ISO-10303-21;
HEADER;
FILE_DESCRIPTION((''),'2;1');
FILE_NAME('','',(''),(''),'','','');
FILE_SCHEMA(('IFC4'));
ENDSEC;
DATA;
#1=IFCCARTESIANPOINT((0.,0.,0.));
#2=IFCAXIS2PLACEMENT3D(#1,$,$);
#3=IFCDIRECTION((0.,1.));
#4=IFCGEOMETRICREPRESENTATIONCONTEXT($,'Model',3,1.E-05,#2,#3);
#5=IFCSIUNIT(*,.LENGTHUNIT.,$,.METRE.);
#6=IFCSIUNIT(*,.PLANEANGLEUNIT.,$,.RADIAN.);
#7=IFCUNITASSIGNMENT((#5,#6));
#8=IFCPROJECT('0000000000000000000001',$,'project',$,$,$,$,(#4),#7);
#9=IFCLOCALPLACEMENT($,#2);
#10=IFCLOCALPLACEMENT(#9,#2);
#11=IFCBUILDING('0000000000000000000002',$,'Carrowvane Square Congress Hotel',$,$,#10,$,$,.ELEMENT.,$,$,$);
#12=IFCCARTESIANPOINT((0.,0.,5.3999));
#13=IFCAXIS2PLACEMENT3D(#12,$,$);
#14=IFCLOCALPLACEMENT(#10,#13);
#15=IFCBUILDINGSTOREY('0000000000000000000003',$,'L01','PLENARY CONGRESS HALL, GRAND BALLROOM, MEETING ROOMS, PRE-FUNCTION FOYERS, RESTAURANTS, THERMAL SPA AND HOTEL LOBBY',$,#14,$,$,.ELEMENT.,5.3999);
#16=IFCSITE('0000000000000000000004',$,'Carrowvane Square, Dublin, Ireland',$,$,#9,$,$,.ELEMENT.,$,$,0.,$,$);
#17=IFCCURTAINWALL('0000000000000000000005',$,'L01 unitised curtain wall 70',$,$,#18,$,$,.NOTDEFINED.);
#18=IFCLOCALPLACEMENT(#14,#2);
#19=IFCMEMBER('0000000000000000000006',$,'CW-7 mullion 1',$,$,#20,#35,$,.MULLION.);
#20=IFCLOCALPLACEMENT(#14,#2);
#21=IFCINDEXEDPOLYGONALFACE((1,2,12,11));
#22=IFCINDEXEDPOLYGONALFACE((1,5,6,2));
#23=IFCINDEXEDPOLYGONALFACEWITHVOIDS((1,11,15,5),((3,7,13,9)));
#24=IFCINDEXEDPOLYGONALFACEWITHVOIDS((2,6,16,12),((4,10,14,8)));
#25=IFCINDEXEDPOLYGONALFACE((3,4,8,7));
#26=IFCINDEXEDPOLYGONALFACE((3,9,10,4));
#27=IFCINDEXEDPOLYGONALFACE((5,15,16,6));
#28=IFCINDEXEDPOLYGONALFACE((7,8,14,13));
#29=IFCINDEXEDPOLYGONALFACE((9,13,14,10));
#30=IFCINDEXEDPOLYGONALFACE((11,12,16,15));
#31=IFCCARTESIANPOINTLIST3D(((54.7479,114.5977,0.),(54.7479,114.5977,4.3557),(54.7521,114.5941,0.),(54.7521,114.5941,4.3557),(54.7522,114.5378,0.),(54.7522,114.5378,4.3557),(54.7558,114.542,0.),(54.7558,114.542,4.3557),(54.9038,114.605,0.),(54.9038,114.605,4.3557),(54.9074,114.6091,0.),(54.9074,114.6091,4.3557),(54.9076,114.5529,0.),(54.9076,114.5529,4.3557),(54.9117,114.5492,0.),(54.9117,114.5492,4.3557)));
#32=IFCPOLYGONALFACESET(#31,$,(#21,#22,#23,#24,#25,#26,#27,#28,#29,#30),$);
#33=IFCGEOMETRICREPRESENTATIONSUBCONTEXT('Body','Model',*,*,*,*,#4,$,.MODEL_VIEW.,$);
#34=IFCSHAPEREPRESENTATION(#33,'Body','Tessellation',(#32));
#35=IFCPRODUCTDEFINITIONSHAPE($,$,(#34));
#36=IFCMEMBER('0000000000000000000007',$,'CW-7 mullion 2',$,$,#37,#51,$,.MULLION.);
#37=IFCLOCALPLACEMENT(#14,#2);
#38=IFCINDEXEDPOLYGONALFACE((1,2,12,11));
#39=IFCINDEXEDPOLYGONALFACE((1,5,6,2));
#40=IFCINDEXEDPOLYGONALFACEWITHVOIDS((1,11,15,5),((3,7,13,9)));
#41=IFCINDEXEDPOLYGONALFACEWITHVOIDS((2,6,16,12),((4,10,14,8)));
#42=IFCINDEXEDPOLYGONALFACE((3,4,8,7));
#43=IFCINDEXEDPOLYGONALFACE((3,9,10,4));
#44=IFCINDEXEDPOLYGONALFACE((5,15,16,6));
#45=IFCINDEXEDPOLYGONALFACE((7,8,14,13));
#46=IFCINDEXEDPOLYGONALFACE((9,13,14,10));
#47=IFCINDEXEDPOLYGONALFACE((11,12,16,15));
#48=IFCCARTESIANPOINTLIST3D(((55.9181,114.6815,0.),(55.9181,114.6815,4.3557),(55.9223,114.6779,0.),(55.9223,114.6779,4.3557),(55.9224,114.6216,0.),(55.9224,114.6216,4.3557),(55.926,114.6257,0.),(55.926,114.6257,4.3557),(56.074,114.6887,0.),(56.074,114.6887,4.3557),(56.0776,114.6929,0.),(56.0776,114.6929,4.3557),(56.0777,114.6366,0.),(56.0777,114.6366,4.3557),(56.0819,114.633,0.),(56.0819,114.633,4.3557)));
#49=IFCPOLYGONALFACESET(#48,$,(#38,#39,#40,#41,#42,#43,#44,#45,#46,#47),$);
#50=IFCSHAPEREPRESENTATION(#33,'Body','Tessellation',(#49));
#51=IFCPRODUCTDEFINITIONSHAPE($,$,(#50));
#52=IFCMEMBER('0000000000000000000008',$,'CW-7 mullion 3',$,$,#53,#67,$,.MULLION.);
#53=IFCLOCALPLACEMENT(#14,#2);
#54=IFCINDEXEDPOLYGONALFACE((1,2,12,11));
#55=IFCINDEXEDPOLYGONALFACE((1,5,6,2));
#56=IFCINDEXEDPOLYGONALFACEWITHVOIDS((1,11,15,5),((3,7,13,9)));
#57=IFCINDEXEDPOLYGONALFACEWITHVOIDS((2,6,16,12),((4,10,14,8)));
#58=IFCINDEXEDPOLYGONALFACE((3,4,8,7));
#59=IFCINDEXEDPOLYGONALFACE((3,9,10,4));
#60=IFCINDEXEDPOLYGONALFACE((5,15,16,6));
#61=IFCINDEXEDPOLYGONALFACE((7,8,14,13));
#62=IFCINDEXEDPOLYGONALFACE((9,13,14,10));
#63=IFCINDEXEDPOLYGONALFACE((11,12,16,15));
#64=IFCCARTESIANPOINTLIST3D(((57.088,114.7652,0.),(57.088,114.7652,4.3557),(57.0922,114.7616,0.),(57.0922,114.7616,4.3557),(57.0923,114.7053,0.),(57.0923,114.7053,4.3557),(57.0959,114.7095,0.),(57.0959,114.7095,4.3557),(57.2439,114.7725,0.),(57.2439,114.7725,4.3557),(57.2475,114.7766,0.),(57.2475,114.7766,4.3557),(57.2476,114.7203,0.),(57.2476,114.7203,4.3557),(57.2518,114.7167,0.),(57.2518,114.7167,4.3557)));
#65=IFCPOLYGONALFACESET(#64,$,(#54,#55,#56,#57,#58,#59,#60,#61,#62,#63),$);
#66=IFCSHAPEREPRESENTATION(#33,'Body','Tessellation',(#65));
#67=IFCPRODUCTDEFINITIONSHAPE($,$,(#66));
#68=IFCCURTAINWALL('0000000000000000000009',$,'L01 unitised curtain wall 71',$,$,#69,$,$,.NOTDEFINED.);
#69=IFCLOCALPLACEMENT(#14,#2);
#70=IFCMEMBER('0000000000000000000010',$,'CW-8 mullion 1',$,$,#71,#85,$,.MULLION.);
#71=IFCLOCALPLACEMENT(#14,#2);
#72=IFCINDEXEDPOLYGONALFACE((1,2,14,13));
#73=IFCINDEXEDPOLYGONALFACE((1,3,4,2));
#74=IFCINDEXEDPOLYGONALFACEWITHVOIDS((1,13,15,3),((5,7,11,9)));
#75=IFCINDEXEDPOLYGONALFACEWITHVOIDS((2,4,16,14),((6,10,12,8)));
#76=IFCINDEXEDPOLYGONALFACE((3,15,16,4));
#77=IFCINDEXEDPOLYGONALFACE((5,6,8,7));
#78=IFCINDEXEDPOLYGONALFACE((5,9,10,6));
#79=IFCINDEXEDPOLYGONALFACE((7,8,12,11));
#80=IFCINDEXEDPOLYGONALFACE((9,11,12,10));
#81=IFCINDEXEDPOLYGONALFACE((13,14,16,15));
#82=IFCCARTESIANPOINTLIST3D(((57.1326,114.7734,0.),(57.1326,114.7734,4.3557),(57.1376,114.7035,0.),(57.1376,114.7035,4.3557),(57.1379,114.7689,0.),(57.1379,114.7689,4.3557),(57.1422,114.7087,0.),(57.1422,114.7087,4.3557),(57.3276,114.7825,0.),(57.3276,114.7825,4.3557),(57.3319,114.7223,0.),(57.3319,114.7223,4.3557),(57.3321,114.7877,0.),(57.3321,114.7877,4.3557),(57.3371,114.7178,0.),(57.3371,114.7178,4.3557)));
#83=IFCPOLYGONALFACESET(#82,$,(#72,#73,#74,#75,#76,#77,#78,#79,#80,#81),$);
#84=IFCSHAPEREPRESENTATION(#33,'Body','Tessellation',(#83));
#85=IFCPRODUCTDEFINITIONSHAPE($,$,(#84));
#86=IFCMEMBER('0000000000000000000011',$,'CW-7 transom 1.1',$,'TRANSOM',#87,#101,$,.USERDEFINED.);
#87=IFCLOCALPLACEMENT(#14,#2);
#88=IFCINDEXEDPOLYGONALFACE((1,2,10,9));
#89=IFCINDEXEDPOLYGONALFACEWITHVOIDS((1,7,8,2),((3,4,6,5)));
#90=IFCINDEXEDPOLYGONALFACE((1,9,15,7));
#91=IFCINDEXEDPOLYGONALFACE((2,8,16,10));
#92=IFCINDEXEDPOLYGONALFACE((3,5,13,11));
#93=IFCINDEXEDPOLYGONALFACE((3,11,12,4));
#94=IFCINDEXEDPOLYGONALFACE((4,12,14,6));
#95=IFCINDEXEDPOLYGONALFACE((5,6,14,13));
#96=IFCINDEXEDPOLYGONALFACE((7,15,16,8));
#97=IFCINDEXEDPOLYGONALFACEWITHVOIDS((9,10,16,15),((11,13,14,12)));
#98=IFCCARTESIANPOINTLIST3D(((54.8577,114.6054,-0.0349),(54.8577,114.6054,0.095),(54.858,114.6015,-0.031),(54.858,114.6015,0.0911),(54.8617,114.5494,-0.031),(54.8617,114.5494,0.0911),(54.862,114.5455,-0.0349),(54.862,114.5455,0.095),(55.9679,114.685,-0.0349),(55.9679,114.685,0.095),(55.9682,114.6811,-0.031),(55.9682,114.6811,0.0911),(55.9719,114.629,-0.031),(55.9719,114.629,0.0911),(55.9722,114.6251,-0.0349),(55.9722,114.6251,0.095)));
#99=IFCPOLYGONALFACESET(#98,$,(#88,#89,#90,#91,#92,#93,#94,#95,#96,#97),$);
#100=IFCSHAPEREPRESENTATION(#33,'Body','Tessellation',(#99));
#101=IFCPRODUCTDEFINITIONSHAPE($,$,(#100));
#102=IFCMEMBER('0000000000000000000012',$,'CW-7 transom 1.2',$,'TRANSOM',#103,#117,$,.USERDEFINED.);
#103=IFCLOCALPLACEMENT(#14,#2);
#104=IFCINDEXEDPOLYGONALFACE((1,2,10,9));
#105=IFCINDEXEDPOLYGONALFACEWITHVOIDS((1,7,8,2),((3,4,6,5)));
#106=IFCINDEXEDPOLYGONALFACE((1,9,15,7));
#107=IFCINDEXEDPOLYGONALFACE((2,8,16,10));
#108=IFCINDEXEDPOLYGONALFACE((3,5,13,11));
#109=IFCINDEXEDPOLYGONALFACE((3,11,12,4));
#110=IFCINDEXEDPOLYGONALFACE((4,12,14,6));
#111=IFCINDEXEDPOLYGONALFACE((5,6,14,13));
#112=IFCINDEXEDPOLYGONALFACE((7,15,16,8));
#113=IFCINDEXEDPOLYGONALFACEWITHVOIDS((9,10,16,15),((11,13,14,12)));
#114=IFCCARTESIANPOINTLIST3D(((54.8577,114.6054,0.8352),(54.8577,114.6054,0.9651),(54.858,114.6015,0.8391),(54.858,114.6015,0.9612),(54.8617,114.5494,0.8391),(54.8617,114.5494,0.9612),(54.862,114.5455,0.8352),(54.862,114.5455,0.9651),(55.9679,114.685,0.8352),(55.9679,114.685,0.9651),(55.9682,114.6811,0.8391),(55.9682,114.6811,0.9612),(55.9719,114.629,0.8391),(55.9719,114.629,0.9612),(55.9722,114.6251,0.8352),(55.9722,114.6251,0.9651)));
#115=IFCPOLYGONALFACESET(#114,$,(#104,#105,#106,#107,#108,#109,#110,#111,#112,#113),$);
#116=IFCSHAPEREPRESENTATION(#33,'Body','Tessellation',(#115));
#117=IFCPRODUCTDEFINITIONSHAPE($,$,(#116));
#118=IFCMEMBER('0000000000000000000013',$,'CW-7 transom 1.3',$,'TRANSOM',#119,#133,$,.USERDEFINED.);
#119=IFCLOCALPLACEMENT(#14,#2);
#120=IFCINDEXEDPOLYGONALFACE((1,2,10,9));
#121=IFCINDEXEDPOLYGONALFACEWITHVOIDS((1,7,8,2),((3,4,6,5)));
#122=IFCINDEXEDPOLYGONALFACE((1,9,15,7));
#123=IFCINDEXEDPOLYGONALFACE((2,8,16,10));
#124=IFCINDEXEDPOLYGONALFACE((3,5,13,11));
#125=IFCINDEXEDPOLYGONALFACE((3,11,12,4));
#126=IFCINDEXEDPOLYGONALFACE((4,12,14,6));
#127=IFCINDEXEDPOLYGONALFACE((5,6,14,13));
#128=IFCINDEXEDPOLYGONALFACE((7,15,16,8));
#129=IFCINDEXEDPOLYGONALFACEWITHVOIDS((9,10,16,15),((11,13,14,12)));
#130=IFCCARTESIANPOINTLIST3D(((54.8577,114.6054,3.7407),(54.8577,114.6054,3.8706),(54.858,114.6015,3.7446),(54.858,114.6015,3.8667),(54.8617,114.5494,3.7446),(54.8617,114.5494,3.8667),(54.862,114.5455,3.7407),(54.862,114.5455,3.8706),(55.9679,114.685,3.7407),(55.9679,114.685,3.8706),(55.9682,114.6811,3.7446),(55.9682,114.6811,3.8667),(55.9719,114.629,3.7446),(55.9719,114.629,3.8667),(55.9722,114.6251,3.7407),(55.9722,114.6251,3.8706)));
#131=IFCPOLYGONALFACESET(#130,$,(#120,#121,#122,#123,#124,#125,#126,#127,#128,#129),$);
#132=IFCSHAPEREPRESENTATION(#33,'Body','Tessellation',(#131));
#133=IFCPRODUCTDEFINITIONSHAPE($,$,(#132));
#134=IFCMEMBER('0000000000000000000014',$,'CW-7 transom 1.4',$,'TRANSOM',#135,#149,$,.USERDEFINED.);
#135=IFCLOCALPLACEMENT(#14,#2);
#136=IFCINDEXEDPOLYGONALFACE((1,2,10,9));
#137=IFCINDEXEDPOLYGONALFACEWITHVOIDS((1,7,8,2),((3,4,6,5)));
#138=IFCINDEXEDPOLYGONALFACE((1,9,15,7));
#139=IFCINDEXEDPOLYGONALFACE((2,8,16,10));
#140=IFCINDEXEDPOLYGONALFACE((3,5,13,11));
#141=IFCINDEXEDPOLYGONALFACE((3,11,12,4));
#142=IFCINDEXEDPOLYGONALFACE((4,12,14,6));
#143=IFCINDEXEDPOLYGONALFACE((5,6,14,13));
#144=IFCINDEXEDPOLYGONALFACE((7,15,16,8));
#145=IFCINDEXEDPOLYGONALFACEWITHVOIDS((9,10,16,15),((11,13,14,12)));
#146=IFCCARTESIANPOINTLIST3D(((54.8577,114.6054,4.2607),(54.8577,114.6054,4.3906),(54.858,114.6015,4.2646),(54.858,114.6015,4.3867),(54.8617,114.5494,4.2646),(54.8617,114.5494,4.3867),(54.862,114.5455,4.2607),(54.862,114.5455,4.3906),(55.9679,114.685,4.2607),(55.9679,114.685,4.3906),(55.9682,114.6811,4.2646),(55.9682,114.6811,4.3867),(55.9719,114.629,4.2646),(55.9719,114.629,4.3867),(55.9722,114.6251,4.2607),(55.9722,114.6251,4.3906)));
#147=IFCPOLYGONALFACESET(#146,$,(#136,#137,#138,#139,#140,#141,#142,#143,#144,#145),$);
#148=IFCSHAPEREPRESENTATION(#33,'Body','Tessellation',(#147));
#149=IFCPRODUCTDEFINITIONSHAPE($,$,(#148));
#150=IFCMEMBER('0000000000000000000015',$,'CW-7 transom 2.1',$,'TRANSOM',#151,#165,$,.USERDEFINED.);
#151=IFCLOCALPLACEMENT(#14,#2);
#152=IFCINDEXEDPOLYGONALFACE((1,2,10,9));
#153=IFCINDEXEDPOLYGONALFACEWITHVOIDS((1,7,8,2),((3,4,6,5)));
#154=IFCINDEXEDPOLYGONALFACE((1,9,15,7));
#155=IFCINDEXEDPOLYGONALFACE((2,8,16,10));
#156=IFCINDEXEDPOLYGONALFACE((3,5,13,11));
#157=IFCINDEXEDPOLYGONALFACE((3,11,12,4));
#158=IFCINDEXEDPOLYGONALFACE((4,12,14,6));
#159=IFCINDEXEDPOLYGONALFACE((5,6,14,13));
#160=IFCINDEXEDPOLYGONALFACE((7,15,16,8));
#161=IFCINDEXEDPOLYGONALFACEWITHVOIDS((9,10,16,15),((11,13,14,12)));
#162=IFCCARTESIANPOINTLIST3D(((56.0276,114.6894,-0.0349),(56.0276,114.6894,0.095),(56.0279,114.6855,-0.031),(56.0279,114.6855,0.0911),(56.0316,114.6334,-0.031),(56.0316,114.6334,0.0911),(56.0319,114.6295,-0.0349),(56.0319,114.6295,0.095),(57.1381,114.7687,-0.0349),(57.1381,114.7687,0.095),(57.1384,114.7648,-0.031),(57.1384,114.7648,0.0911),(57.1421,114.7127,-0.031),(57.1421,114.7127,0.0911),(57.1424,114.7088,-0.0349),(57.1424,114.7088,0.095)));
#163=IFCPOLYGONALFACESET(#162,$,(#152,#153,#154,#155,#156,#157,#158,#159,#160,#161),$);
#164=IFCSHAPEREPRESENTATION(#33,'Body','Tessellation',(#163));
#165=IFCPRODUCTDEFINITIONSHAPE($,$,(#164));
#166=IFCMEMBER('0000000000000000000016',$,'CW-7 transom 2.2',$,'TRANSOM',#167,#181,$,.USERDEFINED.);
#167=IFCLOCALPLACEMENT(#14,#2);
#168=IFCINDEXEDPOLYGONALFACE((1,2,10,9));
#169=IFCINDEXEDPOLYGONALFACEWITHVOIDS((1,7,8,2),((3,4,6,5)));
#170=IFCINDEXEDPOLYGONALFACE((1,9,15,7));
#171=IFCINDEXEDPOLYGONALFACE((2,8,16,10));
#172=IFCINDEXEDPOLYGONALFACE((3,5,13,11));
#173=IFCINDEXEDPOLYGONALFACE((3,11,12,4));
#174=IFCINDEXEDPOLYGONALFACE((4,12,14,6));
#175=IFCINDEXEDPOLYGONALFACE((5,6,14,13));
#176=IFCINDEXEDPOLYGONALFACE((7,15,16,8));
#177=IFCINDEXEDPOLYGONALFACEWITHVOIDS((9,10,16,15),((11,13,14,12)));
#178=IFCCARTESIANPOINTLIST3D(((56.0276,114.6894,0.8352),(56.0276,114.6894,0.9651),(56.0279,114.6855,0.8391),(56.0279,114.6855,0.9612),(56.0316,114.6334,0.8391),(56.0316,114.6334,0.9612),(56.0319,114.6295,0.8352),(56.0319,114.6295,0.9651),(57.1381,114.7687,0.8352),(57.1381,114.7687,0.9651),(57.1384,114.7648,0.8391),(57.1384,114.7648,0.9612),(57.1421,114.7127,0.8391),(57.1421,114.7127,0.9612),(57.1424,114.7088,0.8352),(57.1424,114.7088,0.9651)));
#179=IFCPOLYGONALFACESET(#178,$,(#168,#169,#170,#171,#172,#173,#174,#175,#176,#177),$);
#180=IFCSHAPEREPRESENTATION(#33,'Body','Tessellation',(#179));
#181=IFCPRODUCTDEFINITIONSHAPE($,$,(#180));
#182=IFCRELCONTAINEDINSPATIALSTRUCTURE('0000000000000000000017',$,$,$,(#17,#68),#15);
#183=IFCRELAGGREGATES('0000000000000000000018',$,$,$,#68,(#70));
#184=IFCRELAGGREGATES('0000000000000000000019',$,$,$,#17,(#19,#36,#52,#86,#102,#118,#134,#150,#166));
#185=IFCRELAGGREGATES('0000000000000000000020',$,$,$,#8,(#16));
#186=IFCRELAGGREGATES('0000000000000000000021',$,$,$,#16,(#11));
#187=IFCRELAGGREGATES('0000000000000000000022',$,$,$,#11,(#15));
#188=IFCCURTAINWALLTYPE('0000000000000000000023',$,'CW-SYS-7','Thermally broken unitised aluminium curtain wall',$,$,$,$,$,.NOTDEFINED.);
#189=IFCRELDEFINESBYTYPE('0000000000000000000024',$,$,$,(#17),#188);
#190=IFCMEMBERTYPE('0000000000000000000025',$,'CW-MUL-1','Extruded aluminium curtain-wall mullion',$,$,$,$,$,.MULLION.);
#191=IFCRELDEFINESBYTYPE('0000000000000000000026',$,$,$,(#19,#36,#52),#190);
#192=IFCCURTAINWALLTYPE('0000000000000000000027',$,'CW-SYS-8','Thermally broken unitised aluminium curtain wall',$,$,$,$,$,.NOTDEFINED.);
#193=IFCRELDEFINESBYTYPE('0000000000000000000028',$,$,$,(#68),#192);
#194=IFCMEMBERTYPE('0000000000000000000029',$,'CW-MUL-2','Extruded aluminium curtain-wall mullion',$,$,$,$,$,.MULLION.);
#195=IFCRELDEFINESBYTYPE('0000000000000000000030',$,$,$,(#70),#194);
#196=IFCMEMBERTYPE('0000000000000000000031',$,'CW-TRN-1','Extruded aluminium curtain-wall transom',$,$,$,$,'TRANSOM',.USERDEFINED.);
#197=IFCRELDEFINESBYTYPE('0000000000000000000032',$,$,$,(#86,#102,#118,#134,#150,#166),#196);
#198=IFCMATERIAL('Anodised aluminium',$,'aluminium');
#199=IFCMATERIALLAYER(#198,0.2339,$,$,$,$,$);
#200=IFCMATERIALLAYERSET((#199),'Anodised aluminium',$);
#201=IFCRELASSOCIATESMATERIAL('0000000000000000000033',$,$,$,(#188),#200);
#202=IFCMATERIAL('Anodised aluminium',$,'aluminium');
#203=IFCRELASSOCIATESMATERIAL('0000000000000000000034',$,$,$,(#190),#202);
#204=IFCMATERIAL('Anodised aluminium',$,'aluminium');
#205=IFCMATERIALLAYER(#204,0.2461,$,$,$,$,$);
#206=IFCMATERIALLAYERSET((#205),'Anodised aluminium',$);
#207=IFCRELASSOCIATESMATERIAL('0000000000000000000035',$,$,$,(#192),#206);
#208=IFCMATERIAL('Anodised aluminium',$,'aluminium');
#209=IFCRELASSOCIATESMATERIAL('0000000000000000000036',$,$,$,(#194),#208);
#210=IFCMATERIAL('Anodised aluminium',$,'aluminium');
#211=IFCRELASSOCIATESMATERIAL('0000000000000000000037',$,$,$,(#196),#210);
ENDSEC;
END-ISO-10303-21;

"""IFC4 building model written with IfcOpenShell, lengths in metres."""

from ifc_helpers import new_model, si_unit, direction, frame, origin, origin_2d, place, context, subcontext, project, spatial, hollow_rectangle, extrude, material, layer, layer_set, material_profile, profile_set, type_object, element, aggregate, save


model = new_model("IFC4")

# Units and contexts
model_context = context("Model", 3, precision=1e-05, world=origin(), true_north=direction((0.0, 1.0)))
body_context = subcontext(model_context, "Body", "Model", "MODEL_VIEW")
ifc_project = project(units=[si_unit("LENGTHUNIT", "METRE"), si_unit("PLANEANGLEUNIT", "RADIAN")], contexts=[model_context])

# Site, building, storey
site_placement = place(None, origin())
site = spatial("IfcSite", under=ifc_project, at=site_placement, Name="Carrowvane Square, Dublin, Ireland", CompositionType="ELEMENT", RefElevation=0.0)
building_placement = place(site_placement, origin())
building = spatial("IfcBuilding", under=site, at=building_placement, Name="Carrowvane Square Congress Hotel", CompositionType="ELEMENT")
storey_placement = place(building_placement, frame((0.0, 0.0, 5.3999)))
storey = spatial("IfcBuildingStorey", under=building, at=storey_placement, Name="L01", Description="PLENARY CONGRESS HALL, GRAND BALLROOM, MEETING ROOMS, PRE-FUNCTION FOYERS, RESTAURANTS, THERMAL SPA AND HOTEL LOBBY", CompositionType="ELEMENT", Elevation=5.3999)

# Curtain wall, members
ifc_material_1 = material(Name="Anodised aluminium", Category="aluminium")
ifc_layer_1 = layer(ifc_material_1, 0.2339)
ifc_layer_set_1 = layer_set([ifc_layer_1], Name="Anodised aluminium")
curtain_wall_type_1 = type_object("IfcCurtainWallType", Name="CW-SYS-7", Description="Thermally broken unitised aluminium curtain wall", PredefinedType="NOTDEFINED", material=ifc_layer_set_1)
curtain_wall_1_placement = place(storey_placement, origin())
curtain_wall_1 = element("IfcCurtainWall", 1, at=curtain_wall_1_placement, inside=storey, type_object=curtain_wall_type_1, Name="L01 unitised curtain wall 70", PredefinedType="NOTDEFINED")
ifc_material_2 = material(Name="Anodised aluminium", Category="aluminium")
ifc_material_profile_1 = material_profile(ifc_material_2, hollow_rectangle(XDim=0.0601, YDim=0.1599, WallThickness=0.0039, at=origin_2d()), Name="CW-ML 60x160x4")
ifc_profile_set_1 = profile_set([ifc_material_profile_1], Name="Anodised aluminium")
member_type_1 = type_object("IfcMemberType", Name="CW-MUL-1", Description="Extruded aluminium curtain-wall mullion", PredefinedType="MULLION", material=ifc_profile_set_1)
member_1_placement = place(storey_placement, frame((54.8298, 114.5735, 0.0), z_axis=(0.0, 0.0, 1.0), x_axis=(-0.071418, 0.997446, 0.0)))
member_1 = element("IfcMember", 2, at=member_1_placement, type_object=member_type_1, Name="CW-7 mullion 1", PredefinedType="MULLION", context=body_context, shape_type="SweptSolid", body=[
    extrude(hollow_rectangle(XDim=0.0601, YDim=0.1599, WallThickness=0.0039, at=origin_2d()), origin(), (0.0, 0.0, 1.0), 4.3557),
])
member_2_placement = place(storey_placement, frame((56.0, 114.6572, 0.0), z_axis=(0.0, 0.0, 1.0), x_axis=(-0.071418, 0.997446, 0.0)))
member_2 = element("IfcMember", 3, at=member_2_placement, type_object=member_type_1, Name="CW-7 mullion 2", PredefinedType="MULLION", context=body_context, shape_type="SweptSolid", body=[
    extrude(hollow_rectangle(XDim=0.0601, YDim=0.1599, WallThickness=0.0039, at=origin_2d()), origin(), (0.0, 0.0, 1.0), 4.3557),
])
member_3_placement = place(storey_placement, frame((57.1699, 114.741, 0.0), z_axis=(0.0, 0.0, 1.0), x_axis=(-0.071418, 0.997446, 0.0)))
member_3 = element("IfcMember", 4, at=member_3_placement, type_object=member_type_1, Name="CW-7 mullion 3", PredefinedType="MULLION", context=body_context, shape_type="SweptSolid", body=[
    extrude(hollow_rectangle(XDim=0.0601, YDim=0.1599, WallThickness=0.0039, at=origin_2d()), origin(), (0.0, 0.0, 1.0), 4.3557),
])

# Curtain wall, member
ifc_material_3 = material(Name="Anodised aluminium", Category="aluminium")
ifc_layer_2 = layer(ifc_material_3, 0.2461)
ifc_layer_set_2 = layer_set([ifc_layer_2], Name="Anodised aluminium")
curtain_wall_type_2 = type_object("IfcCurtainWallType", Name="CW-SYS-8", Description="Thermally broken unitised aluminium curtain wall", PredefinedType="NOTDEFINED", material=ifc_layer_set_2)
curtain_wall_2_placement = place(storey_placement, origin())
curtain_wall_2 = element("IfcCurtainWall", 5, at=curtain_wall_2_placement, inside=storey, type_object=curtain_wall_type_2, Name="L01 unitised curtain wall 71", PredefinedType="NOTDEFINED")
ifc_material_4 = material(Name="Anodised aluminium", Category="aluminium")
ifc_material_profile_2 = material_profile(ifc_material_4, hollow_rectangle(XDim=0.0701, YDim=0.2, WallThickness=0.0049, at=origin_2d()), Name="CW-ML 70x200x5")
ifc_profile_set_2 = profile_set([ifc_material_profile_2], Name="Anodised aluminium")
member_type_2 = type_object("IfcMemberType", Name="CW-MUL-2", Description="Extruded aluminium curtain-wall mullion", PredefinedType="MULLION", material=ifc_profile_set_2)
member_4_placement = place(storey_placement, frame((57.2349, 114.7456, 0.0), z_axis=(0.0, 0.0, 1.0), x_axis=(-0.071532, 0.997438, 0.0)))
member_4 = element("IfcMember", 6, at=member_4_placement, type_object=member_type_2, Name="CW-8 mullion 1", PredefinedType="MULLION", context=body_context, shape_type="SweptSolid", body=[
    extrude(hollow_rectangle(XDim=0.0701, YDim=0.2, WallThickness=0.0049, at=origin_2d()), origin(), (0.0, 0.0, 1.0), 4.3557),
])

# Members
ifc_material_5 = material(Name="Anodised aluminium", Category="aluminium")
ifc_material_profile_3 = material_profile(ifc_material_5, hollow_rectangle(XDim=0.0601, YDim=0.1299, WallThickness=0.0039, at=origin_2d()), Name="CW-TR 60x130x4")
ifc_profile_set_3 = profile_set([ifc_material_profile_3], Name="Anodised aluminium")
member_type_3 = type_object("IfcMemberType", Name="CW-TRN-1", Description="Extruded aluminium curtain-wall transom", ElementType="TRANSOM", PredefinedType="USERDEFINED", material=ifc_profile_set_3)
member_5_placement = place(storey_placement, frame((54.8599, 114.5754, 0.03), z_axis=(0.99744, 0.071512, 0.0), x_axis=(-0.071512, 0.99744, 0.0)))
member_5 = element("IfcMember", 7, at=member_5_placement, type_object=member_type_3, Name="CW-7 transom 1.1", ObjectType="TRANSOM", PredefinedType="USERDEFINED", context=body_context, shape_type="SweptSolid", body=[
    extrude(hollow_rectangle(XDim=0.0601, YDim=0.1299, WallThickness=0.0039, at=origin_2d()), origin(), (0.0, 0.0, 1.0), 1.113),
])
member_6_placement = place(storey_placement, frame((54.8599, 114.5754, 0.9001), z_axis=(0.99744, 0.071512, 0.0), x_axis=(-0.071512, 0.99744, 0.0)))
member_6 = element("IfcMember", 8, at=member_6_placement, type_object=member_type_3, Name="CW-7 transom 1.2", ObjectType="TRANSOM", PredefinedType="USERDEFINED", context=body_context, shape_type="SweptSolid", body=[
    extrude(hollow_rectangle(XDim=0.0601, YDim=0.1299, WallThickness=0.0039, at=origin_2d()), origin(), (0.0, 0.0, 1.0), 1.113),
])
member_7_placement = place(storey_placement, frame((54.8599, 114.5754, 3.8057), z_axis=(0.99744, 0.071512, 0.0), x_axis=(-0.071512, 0.99744, 0.0)))
member_7 = element("IfcMember", 9, at=member_7_placement, type_object=member_type_3, Name="CW-7 transom 1.3", ObjectType="TRANSOM", PredefinedType="USERDEFINED", context=body_context, shape_type="SweptSolid", body=[
    extrude(hollow_rectangle(XDim=0.0601, YDim=0.1299, WallThickness=0.0039, at=origin_2d()), origin(), (0.0, 0.0, 1.0), 1.113),
])
member_8_placement = place(storey_placement, frame((54.8599, 114.5754, 4.3257), z_axis=(0.99744, 0.071512, 0.0), x_axis=(-0.071512, 0.99744, 0.0)))
member_8 = element("IfcMember", 10, at=member_8_placement, type_object=member_type_3, Name="CW-7 transom 1.4", ObjectType="TRANSOM", PredefinedType="USERDEFINED", context=body_context, shape_type="SweptSolid", body=[
    extrude(hollow_rectangle(XDim=0.0601, YDim=0.1299, WallThickness=0.0039, at=origin_2d()), origin(), (0.0, 0.0, 1.0), 1.113),
])
member_9_placement = place(storey_placement, frame((56.0298, 114.6594, 0.03), z_axis=(0.997456, 0.071278, 0.0), x_axis=(-0.071278, 0.997456, 0.0)))
member_9 = element("IfcMember", 11, at=member_9_placement, type_object=member_type_3, Name="CW-7 transom 2.1", ObjectType="TRANSOM", PredefinedType="USERDEFINED", context=body_context, shape_type="SweptSolid", body=[
    extrude(hollow_rectangle(XDim=0.0601, YDim=0.1299, WallThickness=0.0039, at=origin_2d()), origin(), (0.0, 0.0, 1.0), 1.1133),
])
member_10_placement = place(storey_placement, frame((56.0298, 114.6594, 0.9001), z_axis=(0.997456, 0.071278, 0.0), x_axis=(-0.071278, 0.997456, 0.0)))
member_10 = element("IfcMember", 12, at=member_10_placement, type_object=member_type_3, Name="CW-7 transom 2.2", ObjectType="TRANSOM", PredefinedType="USERDEFINED", context=body_context, shape_type="SweptSolid", body=[
    extrude(hollow_rectangle(XDim=0.0601, YDim=0.1299, WallThickness=0.0039, at=origin_2d()), origin(), (0.0, 0.0, 1.0), 1.1133),
])
aggregate(curtain_wall_2, [member_4])

aggregate(curtain_wall_1, [member_1, member_2, member_3, member_5, member_6, member_7, member_8, member_9, member_10])

save(model, "model.ifc")
